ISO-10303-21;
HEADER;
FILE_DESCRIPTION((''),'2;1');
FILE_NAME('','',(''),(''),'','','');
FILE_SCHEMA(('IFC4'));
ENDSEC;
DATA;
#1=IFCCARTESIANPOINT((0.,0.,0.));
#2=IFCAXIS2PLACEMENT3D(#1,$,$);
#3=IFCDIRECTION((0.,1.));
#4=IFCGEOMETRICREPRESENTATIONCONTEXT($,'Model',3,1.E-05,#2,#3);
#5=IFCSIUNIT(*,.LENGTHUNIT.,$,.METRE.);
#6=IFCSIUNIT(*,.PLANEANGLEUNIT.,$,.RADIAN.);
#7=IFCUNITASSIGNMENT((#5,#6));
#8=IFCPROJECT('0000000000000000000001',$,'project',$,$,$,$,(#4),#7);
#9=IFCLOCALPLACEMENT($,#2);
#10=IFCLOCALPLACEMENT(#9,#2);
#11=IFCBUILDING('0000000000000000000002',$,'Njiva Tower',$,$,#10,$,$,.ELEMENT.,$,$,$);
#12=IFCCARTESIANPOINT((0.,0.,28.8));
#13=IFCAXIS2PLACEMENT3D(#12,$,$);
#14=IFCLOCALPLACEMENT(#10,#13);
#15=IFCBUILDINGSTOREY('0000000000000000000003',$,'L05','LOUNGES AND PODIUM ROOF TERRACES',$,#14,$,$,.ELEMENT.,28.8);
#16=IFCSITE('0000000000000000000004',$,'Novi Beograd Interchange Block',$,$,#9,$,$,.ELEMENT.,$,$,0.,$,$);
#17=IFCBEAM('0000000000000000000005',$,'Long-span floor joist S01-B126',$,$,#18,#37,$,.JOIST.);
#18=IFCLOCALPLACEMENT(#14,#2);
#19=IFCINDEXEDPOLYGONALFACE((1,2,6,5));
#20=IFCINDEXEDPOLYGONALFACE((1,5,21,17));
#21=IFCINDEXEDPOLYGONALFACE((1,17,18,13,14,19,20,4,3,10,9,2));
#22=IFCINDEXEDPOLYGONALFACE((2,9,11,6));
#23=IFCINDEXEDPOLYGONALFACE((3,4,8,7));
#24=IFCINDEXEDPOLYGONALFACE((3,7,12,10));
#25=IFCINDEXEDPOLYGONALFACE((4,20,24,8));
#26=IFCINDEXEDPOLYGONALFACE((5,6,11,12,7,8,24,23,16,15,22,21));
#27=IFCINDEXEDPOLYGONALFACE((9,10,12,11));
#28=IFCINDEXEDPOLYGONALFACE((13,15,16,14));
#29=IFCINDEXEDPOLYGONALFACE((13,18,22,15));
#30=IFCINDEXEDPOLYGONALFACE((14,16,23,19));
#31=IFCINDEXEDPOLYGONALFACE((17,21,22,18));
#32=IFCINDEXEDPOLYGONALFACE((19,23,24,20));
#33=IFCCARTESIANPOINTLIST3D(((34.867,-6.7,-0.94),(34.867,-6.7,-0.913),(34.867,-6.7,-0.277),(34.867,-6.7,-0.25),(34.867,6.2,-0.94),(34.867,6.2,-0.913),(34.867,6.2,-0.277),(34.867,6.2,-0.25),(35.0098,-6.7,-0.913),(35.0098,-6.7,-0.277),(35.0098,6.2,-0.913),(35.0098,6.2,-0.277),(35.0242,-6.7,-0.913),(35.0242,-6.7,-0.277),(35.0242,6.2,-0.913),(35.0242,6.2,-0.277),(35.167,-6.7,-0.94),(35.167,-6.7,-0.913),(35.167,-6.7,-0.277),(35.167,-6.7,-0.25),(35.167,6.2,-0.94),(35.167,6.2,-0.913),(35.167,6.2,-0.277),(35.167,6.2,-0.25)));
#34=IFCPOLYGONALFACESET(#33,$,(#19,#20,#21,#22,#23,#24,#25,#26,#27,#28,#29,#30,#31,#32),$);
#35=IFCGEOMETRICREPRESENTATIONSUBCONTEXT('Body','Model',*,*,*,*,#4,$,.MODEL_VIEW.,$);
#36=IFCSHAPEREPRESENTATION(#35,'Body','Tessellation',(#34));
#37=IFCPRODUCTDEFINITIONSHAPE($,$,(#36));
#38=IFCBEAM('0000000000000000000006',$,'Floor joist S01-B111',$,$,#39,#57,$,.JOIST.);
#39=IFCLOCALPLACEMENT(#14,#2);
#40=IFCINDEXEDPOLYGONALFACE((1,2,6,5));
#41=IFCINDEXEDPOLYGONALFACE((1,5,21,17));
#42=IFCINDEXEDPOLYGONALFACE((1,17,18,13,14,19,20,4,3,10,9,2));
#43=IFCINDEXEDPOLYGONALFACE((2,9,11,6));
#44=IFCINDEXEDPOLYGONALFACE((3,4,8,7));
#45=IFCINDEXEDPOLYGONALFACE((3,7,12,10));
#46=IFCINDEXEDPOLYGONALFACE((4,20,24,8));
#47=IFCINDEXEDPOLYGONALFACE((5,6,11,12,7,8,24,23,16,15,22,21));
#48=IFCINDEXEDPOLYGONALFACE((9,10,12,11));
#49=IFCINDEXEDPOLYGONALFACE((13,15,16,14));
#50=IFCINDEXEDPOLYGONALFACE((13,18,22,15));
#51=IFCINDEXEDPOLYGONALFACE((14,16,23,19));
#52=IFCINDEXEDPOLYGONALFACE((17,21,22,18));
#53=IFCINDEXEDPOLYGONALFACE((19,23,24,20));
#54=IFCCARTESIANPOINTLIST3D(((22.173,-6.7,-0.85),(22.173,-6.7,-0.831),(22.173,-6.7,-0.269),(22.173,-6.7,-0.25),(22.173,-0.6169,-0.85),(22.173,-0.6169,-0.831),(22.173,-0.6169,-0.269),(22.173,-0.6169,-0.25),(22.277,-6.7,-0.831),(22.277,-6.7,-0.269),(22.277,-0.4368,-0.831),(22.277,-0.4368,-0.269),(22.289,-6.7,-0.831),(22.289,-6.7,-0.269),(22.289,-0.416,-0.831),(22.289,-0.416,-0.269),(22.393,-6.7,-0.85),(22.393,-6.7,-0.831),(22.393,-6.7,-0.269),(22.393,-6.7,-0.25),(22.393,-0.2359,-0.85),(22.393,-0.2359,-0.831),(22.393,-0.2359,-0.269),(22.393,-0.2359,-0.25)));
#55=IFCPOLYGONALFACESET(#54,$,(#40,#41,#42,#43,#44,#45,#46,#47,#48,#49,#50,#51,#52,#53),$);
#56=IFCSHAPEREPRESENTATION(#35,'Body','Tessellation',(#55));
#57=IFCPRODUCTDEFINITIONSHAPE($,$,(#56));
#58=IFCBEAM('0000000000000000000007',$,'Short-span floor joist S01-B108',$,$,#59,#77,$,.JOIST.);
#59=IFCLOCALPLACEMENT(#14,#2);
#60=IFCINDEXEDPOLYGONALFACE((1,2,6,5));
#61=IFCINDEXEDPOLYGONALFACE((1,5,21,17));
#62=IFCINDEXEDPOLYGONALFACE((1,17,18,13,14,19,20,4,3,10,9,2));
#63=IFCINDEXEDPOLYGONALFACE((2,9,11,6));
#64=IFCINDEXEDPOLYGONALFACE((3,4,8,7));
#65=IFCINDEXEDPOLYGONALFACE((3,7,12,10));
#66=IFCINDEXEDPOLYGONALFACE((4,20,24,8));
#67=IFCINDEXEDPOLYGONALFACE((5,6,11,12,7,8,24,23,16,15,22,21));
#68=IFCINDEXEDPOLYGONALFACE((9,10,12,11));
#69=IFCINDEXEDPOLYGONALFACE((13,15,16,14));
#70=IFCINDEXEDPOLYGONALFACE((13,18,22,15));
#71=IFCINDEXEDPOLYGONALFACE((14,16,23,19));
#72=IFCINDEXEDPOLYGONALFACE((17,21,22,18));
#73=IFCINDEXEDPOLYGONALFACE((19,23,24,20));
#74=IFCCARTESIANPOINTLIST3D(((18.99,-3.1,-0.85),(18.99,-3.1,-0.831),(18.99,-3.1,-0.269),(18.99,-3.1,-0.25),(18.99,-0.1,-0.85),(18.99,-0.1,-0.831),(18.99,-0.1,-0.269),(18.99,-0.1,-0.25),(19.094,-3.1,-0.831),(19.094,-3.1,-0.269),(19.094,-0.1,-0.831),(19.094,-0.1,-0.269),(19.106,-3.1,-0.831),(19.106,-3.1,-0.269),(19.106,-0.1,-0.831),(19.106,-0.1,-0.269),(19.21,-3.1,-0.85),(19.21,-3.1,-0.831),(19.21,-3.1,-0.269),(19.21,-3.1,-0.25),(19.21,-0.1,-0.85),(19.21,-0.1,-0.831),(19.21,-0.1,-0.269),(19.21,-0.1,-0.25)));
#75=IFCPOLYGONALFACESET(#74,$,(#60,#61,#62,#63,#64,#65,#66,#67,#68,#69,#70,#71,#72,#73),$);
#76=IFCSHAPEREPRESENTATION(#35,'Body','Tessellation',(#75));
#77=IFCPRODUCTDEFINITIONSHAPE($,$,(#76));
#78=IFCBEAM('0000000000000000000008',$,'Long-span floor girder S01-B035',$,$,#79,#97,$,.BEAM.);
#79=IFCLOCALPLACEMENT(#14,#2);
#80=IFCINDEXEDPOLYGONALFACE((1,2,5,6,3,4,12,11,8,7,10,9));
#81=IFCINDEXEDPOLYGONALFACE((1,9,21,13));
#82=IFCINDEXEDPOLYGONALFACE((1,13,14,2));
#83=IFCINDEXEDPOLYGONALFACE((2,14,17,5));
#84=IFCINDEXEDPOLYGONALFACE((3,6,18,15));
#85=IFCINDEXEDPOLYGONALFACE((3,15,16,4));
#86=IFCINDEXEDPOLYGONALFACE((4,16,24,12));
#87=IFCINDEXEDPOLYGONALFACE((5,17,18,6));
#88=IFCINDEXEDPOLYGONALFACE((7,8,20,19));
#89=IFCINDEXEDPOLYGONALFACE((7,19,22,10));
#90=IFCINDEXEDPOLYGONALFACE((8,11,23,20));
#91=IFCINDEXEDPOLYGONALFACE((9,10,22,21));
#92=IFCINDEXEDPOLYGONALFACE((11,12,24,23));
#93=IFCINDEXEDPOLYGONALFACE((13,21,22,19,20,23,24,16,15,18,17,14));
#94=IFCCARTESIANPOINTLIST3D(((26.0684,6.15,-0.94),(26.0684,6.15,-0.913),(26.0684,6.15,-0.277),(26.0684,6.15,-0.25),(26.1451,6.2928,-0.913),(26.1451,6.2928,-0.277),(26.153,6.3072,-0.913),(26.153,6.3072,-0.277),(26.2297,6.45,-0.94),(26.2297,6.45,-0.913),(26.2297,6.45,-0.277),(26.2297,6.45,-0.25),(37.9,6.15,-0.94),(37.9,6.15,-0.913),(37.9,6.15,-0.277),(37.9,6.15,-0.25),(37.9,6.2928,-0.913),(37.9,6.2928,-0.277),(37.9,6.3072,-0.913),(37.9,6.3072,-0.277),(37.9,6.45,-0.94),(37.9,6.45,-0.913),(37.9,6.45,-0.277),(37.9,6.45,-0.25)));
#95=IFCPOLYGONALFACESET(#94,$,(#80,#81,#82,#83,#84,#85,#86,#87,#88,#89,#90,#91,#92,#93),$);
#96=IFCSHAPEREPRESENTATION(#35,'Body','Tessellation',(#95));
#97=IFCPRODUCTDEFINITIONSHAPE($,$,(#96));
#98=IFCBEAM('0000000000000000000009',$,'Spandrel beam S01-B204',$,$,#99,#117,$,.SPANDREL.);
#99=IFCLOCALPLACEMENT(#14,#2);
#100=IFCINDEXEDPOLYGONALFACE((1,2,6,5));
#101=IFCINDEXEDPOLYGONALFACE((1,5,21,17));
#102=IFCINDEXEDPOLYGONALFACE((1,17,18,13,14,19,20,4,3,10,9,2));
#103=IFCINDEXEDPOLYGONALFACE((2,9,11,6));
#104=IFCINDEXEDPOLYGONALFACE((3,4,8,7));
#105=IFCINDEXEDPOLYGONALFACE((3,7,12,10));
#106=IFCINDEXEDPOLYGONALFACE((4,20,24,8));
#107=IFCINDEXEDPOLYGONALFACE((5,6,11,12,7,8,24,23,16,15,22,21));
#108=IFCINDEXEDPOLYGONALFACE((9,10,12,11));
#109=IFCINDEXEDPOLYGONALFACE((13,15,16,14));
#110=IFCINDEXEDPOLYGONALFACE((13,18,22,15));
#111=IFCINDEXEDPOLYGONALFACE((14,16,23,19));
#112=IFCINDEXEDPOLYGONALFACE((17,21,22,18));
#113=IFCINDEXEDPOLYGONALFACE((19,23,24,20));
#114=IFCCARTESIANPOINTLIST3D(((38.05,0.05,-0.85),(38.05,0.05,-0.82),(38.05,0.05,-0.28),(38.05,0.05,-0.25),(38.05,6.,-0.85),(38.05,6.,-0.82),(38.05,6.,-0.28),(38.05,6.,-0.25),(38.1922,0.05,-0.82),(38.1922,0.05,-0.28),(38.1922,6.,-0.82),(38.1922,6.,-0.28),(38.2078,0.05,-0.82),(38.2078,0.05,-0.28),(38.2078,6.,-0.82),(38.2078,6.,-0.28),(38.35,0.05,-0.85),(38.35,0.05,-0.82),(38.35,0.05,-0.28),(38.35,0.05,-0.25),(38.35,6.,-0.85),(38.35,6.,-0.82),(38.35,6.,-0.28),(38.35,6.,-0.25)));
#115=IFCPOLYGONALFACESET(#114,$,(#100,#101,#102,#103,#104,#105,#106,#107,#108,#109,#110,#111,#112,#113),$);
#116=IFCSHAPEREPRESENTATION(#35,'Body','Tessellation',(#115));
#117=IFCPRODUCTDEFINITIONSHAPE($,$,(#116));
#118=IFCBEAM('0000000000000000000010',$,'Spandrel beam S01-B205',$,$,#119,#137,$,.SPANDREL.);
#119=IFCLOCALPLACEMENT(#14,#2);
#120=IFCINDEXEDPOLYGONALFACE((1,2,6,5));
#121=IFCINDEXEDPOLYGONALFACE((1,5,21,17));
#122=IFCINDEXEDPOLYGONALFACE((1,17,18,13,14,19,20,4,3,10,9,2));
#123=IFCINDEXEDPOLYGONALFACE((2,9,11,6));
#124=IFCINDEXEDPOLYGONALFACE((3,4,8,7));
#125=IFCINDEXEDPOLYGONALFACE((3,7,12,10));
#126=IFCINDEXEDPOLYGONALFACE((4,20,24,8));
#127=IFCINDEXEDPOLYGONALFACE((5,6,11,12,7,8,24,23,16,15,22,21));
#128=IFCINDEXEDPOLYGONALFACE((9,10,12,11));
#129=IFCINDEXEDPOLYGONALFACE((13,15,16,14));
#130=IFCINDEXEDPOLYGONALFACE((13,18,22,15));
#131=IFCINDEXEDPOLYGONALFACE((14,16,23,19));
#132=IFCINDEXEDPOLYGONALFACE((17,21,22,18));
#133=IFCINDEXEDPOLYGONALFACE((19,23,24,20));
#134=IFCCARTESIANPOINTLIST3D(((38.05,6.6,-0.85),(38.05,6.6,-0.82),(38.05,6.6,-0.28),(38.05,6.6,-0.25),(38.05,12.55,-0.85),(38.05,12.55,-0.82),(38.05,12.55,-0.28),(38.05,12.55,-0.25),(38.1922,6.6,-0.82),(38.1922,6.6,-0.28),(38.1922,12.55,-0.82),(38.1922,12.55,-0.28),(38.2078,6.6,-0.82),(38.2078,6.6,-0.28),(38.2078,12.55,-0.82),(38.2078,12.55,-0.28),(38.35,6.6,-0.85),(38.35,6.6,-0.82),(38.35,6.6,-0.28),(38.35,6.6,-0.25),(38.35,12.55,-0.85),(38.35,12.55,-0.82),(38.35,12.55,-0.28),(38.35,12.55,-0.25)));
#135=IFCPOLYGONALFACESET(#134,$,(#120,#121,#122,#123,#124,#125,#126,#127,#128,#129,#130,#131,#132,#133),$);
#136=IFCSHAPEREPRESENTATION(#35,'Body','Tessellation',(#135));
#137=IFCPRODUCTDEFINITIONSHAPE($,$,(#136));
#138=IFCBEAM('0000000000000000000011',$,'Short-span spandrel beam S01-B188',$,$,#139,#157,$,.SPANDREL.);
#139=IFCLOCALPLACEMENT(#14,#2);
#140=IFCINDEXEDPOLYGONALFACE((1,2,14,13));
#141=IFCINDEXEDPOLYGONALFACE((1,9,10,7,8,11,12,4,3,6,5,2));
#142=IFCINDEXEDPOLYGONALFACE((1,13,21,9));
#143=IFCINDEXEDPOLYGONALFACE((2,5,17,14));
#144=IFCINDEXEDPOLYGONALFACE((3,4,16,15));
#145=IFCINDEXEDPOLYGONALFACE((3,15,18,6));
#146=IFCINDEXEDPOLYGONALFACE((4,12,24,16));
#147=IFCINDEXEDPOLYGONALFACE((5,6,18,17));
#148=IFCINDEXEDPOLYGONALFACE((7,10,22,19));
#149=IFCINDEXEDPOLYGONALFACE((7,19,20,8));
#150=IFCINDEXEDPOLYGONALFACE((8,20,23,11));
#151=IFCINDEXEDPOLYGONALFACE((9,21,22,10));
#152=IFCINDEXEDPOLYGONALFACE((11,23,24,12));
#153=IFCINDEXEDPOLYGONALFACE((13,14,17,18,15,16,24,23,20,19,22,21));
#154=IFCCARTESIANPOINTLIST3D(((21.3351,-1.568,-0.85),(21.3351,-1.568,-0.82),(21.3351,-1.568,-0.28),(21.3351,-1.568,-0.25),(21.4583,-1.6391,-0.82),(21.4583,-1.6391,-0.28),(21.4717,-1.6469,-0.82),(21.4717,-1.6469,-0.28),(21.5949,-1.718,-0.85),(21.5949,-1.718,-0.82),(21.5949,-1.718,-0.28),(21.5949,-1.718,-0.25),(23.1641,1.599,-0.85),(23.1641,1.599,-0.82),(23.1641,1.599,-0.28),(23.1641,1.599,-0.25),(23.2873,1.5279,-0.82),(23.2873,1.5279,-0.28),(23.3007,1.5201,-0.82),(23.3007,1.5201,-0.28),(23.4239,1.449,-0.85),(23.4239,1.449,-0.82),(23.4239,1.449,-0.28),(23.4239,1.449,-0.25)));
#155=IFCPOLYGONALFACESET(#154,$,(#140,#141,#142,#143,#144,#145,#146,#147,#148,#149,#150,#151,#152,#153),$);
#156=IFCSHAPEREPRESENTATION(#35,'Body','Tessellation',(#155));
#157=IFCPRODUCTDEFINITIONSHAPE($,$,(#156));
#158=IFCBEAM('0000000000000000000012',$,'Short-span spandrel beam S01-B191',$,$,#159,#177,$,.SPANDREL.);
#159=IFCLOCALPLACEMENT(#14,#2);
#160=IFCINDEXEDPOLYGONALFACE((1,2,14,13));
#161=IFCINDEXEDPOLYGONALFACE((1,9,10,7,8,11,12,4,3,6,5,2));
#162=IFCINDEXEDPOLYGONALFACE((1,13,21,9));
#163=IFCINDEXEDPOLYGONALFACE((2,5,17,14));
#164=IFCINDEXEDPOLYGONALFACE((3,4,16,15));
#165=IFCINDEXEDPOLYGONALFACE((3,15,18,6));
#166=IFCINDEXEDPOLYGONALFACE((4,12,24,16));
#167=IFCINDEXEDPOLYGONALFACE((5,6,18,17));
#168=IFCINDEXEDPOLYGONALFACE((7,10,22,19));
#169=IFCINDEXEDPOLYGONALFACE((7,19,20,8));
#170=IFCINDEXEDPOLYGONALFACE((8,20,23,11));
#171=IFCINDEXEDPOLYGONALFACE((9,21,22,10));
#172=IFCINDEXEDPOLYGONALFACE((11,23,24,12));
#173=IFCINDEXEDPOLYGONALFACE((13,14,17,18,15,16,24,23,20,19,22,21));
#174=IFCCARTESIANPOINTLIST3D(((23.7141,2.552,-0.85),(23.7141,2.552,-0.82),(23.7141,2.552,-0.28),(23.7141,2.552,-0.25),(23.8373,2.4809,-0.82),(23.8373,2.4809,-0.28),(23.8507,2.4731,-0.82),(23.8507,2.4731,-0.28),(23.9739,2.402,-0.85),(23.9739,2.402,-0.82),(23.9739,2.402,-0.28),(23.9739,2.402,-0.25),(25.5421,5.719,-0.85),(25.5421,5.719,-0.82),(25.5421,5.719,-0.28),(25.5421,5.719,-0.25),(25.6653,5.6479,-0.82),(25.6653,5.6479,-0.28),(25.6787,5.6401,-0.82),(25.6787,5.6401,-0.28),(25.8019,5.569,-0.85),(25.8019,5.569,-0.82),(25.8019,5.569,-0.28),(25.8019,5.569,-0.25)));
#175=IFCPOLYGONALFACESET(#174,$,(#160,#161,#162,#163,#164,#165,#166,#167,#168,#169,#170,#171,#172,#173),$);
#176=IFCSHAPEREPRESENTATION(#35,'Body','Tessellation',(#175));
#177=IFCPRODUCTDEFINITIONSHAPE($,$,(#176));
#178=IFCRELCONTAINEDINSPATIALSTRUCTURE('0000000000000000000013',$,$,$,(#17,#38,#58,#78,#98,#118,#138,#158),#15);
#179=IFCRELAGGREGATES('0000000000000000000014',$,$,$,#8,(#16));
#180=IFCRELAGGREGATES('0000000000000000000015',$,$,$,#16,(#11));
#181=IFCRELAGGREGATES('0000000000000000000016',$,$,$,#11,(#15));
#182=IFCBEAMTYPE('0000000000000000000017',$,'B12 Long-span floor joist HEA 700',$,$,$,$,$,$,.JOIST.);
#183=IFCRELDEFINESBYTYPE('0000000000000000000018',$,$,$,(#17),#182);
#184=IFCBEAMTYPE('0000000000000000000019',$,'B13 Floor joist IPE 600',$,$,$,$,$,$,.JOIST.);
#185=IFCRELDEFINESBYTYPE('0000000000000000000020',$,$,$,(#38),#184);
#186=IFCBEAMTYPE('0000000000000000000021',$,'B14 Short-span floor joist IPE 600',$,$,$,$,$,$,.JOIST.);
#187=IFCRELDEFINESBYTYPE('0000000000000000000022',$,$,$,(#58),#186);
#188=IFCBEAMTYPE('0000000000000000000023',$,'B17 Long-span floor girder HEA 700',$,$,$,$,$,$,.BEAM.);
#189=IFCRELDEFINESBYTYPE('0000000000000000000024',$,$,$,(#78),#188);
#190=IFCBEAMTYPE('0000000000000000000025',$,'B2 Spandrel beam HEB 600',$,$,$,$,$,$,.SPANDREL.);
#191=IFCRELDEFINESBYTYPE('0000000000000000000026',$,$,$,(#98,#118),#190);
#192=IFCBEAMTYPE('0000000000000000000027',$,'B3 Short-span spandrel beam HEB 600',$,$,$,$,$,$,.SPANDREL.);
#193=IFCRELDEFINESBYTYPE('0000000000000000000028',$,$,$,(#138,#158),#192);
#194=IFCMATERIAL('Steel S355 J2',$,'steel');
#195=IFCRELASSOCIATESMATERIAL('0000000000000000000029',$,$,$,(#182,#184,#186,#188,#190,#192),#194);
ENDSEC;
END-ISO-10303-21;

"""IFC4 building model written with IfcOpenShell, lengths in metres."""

from ifc_helpers import new_model, si_unit, direction, frame, origin, origin_2d, place, context, subcontext, project, spatial, i_section, extrude, clip, halfspace, material, material_profile, profile_set, type_object, element, save


model = new_model("IFC4")

# Units and contexts
model_context = context("Model", 3, precision=1e-05, world=origin(), true_north=direction((0.0, 1.0)))
body_context = subcontext(model_context, "Body", "Model", "MODEL_VIEW")
ifc_project = project(units=[si_unit("LENGTHUNIT", "METRE"), si_unit("PLANEANGLEUNIT", "RADIAN")], contexts=[model_context])

# Site, building, storey
site_placement = place(None, origin())
site = spatial("IfcSite", under=ifc_project, at=site_placement, Name="Novi Beograd Interchange Block", CompositionType="ELEMENT", RefElevation=0.0)
building_placement = place(site_placement, origin())
building = spatial("IfcBuilding", under=site, at=building_placement, Name="Njiva Tower", CompositionType="ELEMENT")
storey_placement = place(building_placement, frame((0.0, 0.0, 28.8)))
storey = spatial("IfcBuildingStorey", under=building, at=storey_placement, Name="L05", Description="LOUNGES AND PODIUM ROOF TERRACES", CompositionType="ELEMENT", Elevation=28.8)

# Shared definitions
ifc_material_1 = material(Name="Steel S355 J2", Category="steel")

# Beams
ifc_material_profile_1 = material_profile(ifc_material_1, i_section(OverallWidth=0.3, OverallDepth=0.69, WebThickness=0.0145, FlangeThickness=0.027, at=origin_2d()), Name="HEA 700")
ifc_profile_set_1 = profile_set([ifc_material_profile_1], Name="Steel S355 J2")
beam_type_1 = type_object("IfcBeamType", Name="B12 Long-span floor joist HEA 700", PredefinedType="JOIST", material=ifc_profile_set_1)
for number, where, z_axis, x_axis, name in (
    (1, (35.017, 6.2, -0.595), (0.0, -1.0, 0.0), (1.0, 0.0, 0.0), "Long-span floor joist S01-B126"),
):
    element("IfcBeam", number, at=place(storey_placement, frame(where, z_axis=z_axis, x_axis=x_axis)), inside=storey, type_object=beam_type_1, Name=name, PredefinedType="JOIST", context=body_context, shape_type="SweptSolid", body=[
        extrude(i_section(OverallWidth=0.3, OverallDepth=0.69, WebThickness=0.0145, FlangeThickness=0.027, at=origin_2d()), origin(), (0.0, 0.0, 1.0), 12.9),
    ])
ifc_material_profile_2 = material_profile(ifc_material_1, i_section(OverallWidth=0.22, OverallDepth=0.6, WebThickness=0.012, FlangeThickness=0.019, at=origin_2d()), Name="IPE 600")
ifc_profile_set_2 = profile_set([ifc_material_profile_2], Name="Steel S355 J2")
beam_type_2 = type_object("IfcBeamType", Name="B13 Floor joist IPE 600", PredefinedType="JOIST", material=ifc_profile_set_2)
beam_1_placement = place(storey_placement, frame((22.283, -0.215, -0.55), z_axis=(0.0, -1.0, 0.0), x_axis=(1.0, 0.0, 0.0)))
element("IfcBeam", 2, at=beam_1_placement, inside=storey, type_object=beam_type_2, Name="Floor joist S01-B111", PredefinedType="JOIST", context=body_context, shape_type="Clipping", body=[
    clip(extrude(i_section(OverallWidth=0.22, OverallDepth=0.6, WebThickness=0.012, FlangeThickness=0.019, at=origin_2d()), origin(), (0.0, 0.0, 1.0), 6.485), halfspace(frame((-0.043, 0.0, 0.2859), z_axis=(-0.866027, 0.0, -0.499998), x_axis=(0.0, -1.0, 0.0)), False)),
])
ifc_material_profile_3 = material_profile(ifc_material_1, i_section(OverallWidth=0.22, OverallDepth=0.6, WebThickness=0.012, FlangeThickness=0.019, at=origin_2d()), Name="IPE 600")
ifc_profile_set_3 = profile_set([ifc_material_profile_3], Name="Steel S355 J2")
beam_type_3 = type_object("IfcBeamType", Name="B14 Short-span floor joist IPE 600", PredefinedType="JOIST", material=ifc_profile_set_3)
beam_2_placement = place(storey_placement, frame((19.1, -0.1, -0.55), z_axis=(0.0, -1.0, 0.0), x_axis=(1.0, 0.0, 0.0)))
element("IfcBeam", 3, at=beam_2_placement, inside=storey, type_object=beam_type_3, Name="Short-span floor joist S01-B108", PredefinedType="JOIST", context=body_context, shape_type="SweptSolid", body=[
    extrude(i_section(OverallWidth=0.22, OverallDepth=0.6, WebThickness=0.012, FlangeThickness=0.019, at=origin_2d()), origin(), (0.0, 0.0, 1.0), 3.0),
])
ifc_material_profile_4 = material_profile(ifc_material_1, i_section(OverallWidth=0.3, OverallDepth=0.69, WebThickness=0.0145, FlangeThickness=0.027, at=origin_2d()), Name="HEA 700")
ifc_profile_set_4 = profile_set([ifc_material_profile_4], Name="Steel S355 J2")
beam_type_4 = type_object("IfcBeamType", Name="B17 Long-span floor girder HEA 700", PredefinedType="BEAM", material=ifc_profile_set_4)
beam_3_placement = place(storey_placement, frame((26.048, 6.3, -0.595), z_axis=(1.0, 0.0, 0.0), x_axis=(0.0, 1.0, 0.0)))
element("IfcBeam", 4, at=beam_3_placement, inside=storey, type_object=beam_type_4, Name="Long-span floor girder S01-B035", PredefinedType="BEAM", context=body_context, shape_type="Clipping", body=[
    clip(extrude(i_section(OverallWidth=0.3, OverallDepth=0.69, WebThickness=0.0145, FlangeThickness=0.027, at=origin_2d()), origin(), (0.0, 0.0, 1.0), 11.852), halfspace(frame((0.0237, 0.0, 0.1138), z_axis=(0.473769, 0.0, -0.880649), x_axis=(0.0, -1.0, 0.0)), False)),
])
ifc_material_profile_5 = material_profile(ifc_material_1, i_section(OverallWidth=0.3, OverallDepth=0.6, WebThickness=0.0155, FlangeThickness=0.03, at=origin_2d()), Name="HEB 600")
ifc_profile_set_5 = profile_set([ifc_material_profile_5], Name="Steel S355 J2")
beam_type_5 = type_object("IfcBeamType", Name="B2 Spandrel beam HEB 600", PredefinedType="SPANDREL", material=ifc_profile_set_5)
for number, where, z_axis, x_axis, name in (
    (5, (38.2, 0.05, -0.55), (0.0, 1.0, 0.0), (-1.0, 0.0, 0.0), "Spandrel beam S01-B204"),
    (6, (38.2, 6.6, -0.55), (0.0, 1.0, 0.0), (-1.0, 0.0, 0.0), "Spandrel beam S01-B205"),
):
    element("IfcBeam", number, at=place(storey_placement, frame(where, z_axis=z_axis, x_axis=x_axis)), inside=storey, type_object=beam_type_5, Name=name, PredefinedType="SPANDREL", context=body_context, shape_type="SweptSolid", body=[
        extrude(i_section(OverallWidth=0.3, OverallDepth=0.6, WebThickness=0.0155, FlangeThickness=0.03, at=origin_2d()), origin(), (0.0, 0.0, 1.0), 5.95),
    ])
ifc_material_profile_6 = material_profile(ifc_material_1, i_section(OverallWidth=0.3, OverallDepth=0.6, WebThickness=0.0155, FlangeThickness=0.03, at=origin_2d()), Name="HEB 600")
ifc_profile_set_6 = profile_set([ifc_material_profile_6], Name="Steel S355 J2")
beam_type_6 = type_object("IfcBeamType", Name="B3 Short-span spandrel beam HEB 600", PredefinedType="SPANDREL", material=ifc_profile_set_6)
beam_4_placement = place(storey_placement, frame((21.465, -1.643, -0.55), z_axis=(0.500109, 0.865962, 0.0), x_axis=(-0.865962, 0.500109, 0.0)))
element("IfcBeam", 7, at=beam_4_placement, inside=storey, type_object=beam_type_6, Name="Short-span spandrel beam S01-B188", PredefinedType="SPANDREL", context=body_context, shape_type="SweptSolid", body=[
    extrude(i_section(OverallWidth=0.3, OverallDepth=0.6, WebThickness=0.0155, FlangeThickness=0.03, at=origin_2d()), origin(), (0.0, 0.0, 1.0), 3.6572),
])
beam_5_placement = place(storey_placement, frame((23.844, 2.477, -0.55), z_axis=(0.499904, 0.866081, 0.0), x_axis=(-0.866081, 0.499904, 0.0)))
element("IfcBeam", 8, at=beam_5_placement, inside=storey, type_object=beam_type_6, Name="Short-span spandrel beam S01-B191", PredefinedType="SPANDREL", context=body_context, shape_type="SweptSolid", body=[
    extrude(i_section(OverallWidth=0.3, OverallDepth=0.6, WebThickness=0.0155, FlangeThickness=0.03, at=origin_2d()), origin(), (0.0, 0.0, 1.0), 3.6567),
])

save(model, "model.ifc")
